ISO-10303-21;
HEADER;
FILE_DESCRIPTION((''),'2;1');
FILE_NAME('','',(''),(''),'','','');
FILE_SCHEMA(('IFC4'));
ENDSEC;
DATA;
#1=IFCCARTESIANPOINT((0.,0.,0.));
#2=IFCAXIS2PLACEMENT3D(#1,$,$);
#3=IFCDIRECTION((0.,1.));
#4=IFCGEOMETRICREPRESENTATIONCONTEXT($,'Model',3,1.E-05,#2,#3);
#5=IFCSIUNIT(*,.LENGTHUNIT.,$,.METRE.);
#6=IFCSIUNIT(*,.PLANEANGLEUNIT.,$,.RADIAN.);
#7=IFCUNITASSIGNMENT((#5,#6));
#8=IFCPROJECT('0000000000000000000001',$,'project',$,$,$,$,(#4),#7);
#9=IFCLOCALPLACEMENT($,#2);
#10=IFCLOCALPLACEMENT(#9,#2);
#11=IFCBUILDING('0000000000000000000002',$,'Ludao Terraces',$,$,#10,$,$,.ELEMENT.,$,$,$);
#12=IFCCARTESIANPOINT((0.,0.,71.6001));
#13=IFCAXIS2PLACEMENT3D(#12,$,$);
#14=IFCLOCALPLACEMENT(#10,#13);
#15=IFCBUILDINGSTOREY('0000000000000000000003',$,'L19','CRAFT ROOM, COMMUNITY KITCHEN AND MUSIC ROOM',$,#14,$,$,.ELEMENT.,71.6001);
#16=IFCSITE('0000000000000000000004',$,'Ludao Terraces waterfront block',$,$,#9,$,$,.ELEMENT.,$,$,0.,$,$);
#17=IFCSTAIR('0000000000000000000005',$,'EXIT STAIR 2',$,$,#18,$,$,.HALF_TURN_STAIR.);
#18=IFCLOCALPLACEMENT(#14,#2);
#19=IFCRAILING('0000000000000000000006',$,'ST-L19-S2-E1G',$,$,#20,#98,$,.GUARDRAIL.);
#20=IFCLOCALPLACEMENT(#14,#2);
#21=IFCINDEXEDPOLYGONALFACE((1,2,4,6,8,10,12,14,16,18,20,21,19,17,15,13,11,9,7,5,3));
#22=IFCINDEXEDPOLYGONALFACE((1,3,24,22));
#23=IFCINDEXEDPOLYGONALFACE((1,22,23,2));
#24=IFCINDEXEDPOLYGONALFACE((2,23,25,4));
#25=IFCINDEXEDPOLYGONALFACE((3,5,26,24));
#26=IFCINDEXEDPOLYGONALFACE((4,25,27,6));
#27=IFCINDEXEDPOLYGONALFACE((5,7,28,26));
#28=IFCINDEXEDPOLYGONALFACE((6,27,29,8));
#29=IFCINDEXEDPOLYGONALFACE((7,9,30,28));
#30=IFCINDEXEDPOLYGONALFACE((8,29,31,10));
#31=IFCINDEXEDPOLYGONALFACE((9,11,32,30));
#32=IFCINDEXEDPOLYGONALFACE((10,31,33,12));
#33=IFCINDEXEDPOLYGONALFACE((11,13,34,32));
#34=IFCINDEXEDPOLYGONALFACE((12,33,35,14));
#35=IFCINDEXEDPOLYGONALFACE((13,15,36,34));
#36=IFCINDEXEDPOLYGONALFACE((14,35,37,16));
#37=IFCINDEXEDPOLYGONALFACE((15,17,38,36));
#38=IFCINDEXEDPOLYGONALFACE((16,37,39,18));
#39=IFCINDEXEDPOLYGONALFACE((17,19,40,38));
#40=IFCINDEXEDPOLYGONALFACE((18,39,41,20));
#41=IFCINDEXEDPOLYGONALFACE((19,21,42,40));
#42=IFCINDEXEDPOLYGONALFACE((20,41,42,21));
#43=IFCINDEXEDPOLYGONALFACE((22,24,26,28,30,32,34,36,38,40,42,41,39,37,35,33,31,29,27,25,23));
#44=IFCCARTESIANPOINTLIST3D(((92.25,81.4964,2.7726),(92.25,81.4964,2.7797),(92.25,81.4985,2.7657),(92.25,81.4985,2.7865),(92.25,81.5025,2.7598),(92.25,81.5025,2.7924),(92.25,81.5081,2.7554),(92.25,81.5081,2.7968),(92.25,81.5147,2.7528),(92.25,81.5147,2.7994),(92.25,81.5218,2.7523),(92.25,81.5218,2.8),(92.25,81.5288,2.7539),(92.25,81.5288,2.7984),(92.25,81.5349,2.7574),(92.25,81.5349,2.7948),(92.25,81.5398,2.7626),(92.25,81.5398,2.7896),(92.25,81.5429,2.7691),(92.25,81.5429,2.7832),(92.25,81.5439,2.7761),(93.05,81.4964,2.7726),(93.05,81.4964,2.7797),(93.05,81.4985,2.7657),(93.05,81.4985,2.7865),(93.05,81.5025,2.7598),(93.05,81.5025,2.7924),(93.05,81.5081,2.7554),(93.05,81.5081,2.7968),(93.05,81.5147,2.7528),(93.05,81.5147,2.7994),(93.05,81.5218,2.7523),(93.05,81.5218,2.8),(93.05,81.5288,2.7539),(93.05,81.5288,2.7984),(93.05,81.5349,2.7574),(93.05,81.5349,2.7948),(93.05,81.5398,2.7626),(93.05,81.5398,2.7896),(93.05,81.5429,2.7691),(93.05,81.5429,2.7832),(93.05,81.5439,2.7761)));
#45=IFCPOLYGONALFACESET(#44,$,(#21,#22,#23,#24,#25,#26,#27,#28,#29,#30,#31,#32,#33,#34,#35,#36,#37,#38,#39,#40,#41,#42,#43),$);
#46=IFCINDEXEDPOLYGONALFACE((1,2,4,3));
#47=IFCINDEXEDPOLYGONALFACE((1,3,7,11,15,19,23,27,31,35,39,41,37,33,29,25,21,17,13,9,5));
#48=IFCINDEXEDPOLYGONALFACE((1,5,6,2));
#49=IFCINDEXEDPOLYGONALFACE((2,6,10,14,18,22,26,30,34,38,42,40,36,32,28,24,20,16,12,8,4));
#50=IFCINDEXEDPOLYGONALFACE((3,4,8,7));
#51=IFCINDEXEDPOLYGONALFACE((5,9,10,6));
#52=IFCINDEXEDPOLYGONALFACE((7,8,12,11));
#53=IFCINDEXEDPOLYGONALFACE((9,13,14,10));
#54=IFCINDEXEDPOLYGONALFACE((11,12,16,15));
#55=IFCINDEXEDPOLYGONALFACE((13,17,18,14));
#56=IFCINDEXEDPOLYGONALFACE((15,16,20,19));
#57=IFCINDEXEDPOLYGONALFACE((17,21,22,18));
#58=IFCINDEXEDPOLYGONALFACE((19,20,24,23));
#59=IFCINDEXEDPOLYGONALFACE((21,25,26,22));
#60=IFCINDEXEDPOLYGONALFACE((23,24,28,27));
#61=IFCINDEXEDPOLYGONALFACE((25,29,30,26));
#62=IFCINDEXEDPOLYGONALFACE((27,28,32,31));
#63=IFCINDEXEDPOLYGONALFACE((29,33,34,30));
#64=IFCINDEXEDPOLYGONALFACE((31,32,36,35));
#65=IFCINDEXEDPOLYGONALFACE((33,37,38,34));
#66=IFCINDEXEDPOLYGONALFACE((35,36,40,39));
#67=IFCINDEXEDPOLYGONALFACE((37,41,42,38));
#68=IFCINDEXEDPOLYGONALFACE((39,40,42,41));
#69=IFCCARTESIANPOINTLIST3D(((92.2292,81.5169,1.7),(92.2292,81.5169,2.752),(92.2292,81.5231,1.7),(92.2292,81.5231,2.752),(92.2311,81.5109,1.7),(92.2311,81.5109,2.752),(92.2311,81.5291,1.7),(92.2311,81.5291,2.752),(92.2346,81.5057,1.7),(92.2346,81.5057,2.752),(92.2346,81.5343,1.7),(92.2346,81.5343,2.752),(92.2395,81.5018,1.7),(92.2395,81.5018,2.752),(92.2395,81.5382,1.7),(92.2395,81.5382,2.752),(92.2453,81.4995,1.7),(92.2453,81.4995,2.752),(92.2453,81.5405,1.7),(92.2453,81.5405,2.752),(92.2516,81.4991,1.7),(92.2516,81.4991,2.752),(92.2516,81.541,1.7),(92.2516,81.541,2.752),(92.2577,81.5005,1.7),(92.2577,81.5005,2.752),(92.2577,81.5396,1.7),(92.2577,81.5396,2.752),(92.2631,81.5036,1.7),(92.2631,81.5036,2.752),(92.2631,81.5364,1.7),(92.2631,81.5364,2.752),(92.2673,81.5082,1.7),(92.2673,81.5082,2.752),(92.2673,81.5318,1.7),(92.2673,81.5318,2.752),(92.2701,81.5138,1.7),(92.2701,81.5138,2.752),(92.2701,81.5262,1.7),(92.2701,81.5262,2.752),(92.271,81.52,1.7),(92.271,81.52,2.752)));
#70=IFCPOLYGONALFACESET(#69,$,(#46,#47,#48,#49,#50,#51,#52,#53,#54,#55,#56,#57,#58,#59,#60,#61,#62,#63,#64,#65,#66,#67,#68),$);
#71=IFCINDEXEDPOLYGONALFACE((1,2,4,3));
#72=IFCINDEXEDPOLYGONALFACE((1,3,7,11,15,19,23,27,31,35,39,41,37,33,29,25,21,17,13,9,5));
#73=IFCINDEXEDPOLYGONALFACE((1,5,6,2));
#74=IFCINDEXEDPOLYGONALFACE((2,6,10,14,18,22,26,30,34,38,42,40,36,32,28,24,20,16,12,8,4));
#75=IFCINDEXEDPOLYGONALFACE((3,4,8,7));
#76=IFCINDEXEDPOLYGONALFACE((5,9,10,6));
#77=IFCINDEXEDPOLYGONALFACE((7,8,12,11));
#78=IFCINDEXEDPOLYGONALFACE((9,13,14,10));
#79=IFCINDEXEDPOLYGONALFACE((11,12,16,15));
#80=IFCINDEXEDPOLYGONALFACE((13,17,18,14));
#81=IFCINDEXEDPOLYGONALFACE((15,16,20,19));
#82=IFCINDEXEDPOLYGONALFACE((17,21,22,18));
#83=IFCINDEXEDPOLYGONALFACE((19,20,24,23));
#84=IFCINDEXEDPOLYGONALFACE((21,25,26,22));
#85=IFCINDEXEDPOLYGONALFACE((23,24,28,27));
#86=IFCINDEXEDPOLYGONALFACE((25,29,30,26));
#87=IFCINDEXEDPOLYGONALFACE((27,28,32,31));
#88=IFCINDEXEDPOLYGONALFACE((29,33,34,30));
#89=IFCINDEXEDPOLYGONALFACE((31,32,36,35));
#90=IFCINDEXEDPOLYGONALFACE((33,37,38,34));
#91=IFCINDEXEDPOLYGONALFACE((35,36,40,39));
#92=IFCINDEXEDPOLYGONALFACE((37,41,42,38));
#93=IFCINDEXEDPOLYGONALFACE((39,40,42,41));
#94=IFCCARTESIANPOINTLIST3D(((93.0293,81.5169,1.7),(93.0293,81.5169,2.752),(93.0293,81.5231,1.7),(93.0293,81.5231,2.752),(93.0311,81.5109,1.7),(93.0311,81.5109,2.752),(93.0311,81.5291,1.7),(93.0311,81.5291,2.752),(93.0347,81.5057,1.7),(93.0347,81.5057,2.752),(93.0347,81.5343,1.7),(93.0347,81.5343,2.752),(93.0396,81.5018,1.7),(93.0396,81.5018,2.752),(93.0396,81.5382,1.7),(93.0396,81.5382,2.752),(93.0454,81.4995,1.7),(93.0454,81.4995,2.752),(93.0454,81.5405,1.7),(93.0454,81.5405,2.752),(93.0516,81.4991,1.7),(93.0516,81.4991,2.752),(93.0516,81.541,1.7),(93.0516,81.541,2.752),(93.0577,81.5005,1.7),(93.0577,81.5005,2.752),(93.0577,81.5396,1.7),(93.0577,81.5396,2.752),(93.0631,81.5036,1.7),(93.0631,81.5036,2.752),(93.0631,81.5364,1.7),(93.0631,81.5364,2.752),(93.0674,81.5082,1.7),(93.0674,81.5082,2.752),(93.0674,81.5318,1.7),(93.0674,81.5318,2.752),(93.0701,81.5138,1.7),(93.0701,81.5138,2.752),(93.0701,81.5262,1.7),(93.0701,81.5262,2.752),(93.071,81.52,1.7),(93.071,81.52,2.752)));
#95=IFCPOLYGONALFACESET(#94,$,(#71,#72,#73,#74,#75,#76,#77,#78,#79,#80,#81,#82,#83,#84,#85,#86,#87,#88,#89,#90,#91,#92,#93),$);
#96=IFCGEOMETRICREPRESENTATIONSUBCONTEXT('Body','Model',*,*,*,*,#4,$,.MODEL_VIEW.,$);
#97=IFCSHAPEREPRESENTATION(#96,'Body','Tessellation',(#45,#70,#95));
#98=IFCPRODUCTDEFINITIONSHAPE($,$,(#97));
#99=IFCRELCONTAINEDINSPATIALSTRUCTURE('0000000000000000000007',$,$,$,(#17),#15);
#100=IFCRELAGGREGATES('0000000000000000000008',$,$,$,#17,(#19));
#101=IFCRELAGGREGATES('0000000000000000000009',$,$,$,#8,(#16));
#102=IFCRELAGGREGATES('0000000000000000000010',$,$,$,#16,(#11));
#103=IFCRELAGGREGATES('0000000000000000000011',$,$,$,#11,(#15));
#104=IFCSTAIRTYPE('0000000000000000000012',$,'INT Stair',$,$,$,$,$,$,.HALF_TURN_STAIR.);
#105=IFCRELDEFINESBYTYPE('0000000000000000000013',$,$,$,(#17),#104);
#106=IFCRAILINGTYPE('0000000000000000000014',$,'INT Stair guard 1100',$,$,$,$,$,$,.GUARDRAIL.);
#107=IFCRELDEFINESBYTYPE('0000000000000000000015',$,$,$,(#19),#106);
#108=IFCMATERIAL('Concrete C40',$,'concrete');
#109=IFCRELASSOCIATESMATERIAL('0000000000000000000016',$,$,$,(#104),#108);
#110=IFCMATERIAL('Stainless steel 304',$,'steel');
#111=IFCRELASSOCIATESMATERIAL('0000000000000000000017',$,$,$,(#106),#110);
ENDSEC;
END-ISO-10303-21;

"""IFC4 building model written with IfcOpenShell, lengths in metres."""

from ifc_helpers import new_model, si_unit, direction, frame, origin, origin_2d, place, context, subcontext, project, spatial, circle, extrude, material, type_object, element, aggregate, save


model = new_model("IFC4")

# Units and contexts
model_context = context("Model", 3, precision=1e-05, world=origin(), true_north=direction((0.0, 1.0)))
body_context = subcontext(model_context, "Body", "Model", "MODEL_VIEW")
ifc_project = project(units=[si_unit("LENGTHUNIT", "METRE"), si_unit("PLANEANGLEUNIT", "RADIAN")], contexts=[model_context])

# Site, building, storey
site_placement = place(None, origin())
site = spatial("IfcSite", under=ifc_project, at=site_placement, Name="Ludao Terraces waterfront block", CompositionType="ELEMENT", RefElevation=0.0)
building_placement = place(site_placement, origin())
building = spatial("IfcBuilding", under=site, at=building_placement, Name="Ludao Terraces", CompositionType="ELEMENT")
storey_placement = place(building_placement, frame((0.0, 0.0, 71.6001)))
storey = spatial("IfcBuildingStorey", under=building, at=storey_placement, Name="L19", Description="CRAFT ROOM, COMMUNITY KITCHEN AND MUSIC ROOM", CompositionType="ELEMENT", Elevation=71.6001)

# Shared definitions
ifc_material_1 = material(Name="Concrete C40", Category="concrete")

# Shared definitions
ifc_material_2 = material(Name="Stainless steel 304", Category="steel")

# Stair, railing
stair_type = type_object("IfcStairType", Name="INT Stair", PredefinedType="HALF_TURN_STAIR", material=ifc_material_1)
stair_placement = place(storey_placement, origin())
stair = element("IfcStair", 1, at=stair_placement, inside=storey, type_object=stair_type, Name="EXIT STAIR 2", PredefinedType="HALF_TURN_STAIR")
railing_type_1 = type_object("IfcRailingType", Name="INT Stair guard 1100", PredefinedType="GUARDRAIL", material=ifc_material_2)
railing_1_placement = place(storey_placement, frame((92.25, 81.52, 1.7)))
railing_1 = element("IfcRailing", 2, at=railing_1_placement, type_object=railing_type_1, Name="ST-L19-S2-E1G", PredefinedType="GUARDRAIL", context=body_context, shape_type="SweptSolid", body=[
    extrude(circle(Radius=0.0239, at=origin_2d()), frame((0.0, 0.0, 1.0762), z_axis=(1.0, 0.0, 0.0), x_axis=(0.0, 1.0, 0.0)), (0.0, 0.0, 1.0), 0.8),
    extrude(circle(Radius=0.021, at=origin_2d()), origin(), (0.0, 0.0, 1.0), 1.052),
    extrude(circle(Radius=0.021, at=origin_2d()), frame((0.8, 0.0, 0.0)), (0.0, 0.0, 1.0), 1.052),
])
aggregate(stair, [railing_1])

save(model, "model.ifc")
